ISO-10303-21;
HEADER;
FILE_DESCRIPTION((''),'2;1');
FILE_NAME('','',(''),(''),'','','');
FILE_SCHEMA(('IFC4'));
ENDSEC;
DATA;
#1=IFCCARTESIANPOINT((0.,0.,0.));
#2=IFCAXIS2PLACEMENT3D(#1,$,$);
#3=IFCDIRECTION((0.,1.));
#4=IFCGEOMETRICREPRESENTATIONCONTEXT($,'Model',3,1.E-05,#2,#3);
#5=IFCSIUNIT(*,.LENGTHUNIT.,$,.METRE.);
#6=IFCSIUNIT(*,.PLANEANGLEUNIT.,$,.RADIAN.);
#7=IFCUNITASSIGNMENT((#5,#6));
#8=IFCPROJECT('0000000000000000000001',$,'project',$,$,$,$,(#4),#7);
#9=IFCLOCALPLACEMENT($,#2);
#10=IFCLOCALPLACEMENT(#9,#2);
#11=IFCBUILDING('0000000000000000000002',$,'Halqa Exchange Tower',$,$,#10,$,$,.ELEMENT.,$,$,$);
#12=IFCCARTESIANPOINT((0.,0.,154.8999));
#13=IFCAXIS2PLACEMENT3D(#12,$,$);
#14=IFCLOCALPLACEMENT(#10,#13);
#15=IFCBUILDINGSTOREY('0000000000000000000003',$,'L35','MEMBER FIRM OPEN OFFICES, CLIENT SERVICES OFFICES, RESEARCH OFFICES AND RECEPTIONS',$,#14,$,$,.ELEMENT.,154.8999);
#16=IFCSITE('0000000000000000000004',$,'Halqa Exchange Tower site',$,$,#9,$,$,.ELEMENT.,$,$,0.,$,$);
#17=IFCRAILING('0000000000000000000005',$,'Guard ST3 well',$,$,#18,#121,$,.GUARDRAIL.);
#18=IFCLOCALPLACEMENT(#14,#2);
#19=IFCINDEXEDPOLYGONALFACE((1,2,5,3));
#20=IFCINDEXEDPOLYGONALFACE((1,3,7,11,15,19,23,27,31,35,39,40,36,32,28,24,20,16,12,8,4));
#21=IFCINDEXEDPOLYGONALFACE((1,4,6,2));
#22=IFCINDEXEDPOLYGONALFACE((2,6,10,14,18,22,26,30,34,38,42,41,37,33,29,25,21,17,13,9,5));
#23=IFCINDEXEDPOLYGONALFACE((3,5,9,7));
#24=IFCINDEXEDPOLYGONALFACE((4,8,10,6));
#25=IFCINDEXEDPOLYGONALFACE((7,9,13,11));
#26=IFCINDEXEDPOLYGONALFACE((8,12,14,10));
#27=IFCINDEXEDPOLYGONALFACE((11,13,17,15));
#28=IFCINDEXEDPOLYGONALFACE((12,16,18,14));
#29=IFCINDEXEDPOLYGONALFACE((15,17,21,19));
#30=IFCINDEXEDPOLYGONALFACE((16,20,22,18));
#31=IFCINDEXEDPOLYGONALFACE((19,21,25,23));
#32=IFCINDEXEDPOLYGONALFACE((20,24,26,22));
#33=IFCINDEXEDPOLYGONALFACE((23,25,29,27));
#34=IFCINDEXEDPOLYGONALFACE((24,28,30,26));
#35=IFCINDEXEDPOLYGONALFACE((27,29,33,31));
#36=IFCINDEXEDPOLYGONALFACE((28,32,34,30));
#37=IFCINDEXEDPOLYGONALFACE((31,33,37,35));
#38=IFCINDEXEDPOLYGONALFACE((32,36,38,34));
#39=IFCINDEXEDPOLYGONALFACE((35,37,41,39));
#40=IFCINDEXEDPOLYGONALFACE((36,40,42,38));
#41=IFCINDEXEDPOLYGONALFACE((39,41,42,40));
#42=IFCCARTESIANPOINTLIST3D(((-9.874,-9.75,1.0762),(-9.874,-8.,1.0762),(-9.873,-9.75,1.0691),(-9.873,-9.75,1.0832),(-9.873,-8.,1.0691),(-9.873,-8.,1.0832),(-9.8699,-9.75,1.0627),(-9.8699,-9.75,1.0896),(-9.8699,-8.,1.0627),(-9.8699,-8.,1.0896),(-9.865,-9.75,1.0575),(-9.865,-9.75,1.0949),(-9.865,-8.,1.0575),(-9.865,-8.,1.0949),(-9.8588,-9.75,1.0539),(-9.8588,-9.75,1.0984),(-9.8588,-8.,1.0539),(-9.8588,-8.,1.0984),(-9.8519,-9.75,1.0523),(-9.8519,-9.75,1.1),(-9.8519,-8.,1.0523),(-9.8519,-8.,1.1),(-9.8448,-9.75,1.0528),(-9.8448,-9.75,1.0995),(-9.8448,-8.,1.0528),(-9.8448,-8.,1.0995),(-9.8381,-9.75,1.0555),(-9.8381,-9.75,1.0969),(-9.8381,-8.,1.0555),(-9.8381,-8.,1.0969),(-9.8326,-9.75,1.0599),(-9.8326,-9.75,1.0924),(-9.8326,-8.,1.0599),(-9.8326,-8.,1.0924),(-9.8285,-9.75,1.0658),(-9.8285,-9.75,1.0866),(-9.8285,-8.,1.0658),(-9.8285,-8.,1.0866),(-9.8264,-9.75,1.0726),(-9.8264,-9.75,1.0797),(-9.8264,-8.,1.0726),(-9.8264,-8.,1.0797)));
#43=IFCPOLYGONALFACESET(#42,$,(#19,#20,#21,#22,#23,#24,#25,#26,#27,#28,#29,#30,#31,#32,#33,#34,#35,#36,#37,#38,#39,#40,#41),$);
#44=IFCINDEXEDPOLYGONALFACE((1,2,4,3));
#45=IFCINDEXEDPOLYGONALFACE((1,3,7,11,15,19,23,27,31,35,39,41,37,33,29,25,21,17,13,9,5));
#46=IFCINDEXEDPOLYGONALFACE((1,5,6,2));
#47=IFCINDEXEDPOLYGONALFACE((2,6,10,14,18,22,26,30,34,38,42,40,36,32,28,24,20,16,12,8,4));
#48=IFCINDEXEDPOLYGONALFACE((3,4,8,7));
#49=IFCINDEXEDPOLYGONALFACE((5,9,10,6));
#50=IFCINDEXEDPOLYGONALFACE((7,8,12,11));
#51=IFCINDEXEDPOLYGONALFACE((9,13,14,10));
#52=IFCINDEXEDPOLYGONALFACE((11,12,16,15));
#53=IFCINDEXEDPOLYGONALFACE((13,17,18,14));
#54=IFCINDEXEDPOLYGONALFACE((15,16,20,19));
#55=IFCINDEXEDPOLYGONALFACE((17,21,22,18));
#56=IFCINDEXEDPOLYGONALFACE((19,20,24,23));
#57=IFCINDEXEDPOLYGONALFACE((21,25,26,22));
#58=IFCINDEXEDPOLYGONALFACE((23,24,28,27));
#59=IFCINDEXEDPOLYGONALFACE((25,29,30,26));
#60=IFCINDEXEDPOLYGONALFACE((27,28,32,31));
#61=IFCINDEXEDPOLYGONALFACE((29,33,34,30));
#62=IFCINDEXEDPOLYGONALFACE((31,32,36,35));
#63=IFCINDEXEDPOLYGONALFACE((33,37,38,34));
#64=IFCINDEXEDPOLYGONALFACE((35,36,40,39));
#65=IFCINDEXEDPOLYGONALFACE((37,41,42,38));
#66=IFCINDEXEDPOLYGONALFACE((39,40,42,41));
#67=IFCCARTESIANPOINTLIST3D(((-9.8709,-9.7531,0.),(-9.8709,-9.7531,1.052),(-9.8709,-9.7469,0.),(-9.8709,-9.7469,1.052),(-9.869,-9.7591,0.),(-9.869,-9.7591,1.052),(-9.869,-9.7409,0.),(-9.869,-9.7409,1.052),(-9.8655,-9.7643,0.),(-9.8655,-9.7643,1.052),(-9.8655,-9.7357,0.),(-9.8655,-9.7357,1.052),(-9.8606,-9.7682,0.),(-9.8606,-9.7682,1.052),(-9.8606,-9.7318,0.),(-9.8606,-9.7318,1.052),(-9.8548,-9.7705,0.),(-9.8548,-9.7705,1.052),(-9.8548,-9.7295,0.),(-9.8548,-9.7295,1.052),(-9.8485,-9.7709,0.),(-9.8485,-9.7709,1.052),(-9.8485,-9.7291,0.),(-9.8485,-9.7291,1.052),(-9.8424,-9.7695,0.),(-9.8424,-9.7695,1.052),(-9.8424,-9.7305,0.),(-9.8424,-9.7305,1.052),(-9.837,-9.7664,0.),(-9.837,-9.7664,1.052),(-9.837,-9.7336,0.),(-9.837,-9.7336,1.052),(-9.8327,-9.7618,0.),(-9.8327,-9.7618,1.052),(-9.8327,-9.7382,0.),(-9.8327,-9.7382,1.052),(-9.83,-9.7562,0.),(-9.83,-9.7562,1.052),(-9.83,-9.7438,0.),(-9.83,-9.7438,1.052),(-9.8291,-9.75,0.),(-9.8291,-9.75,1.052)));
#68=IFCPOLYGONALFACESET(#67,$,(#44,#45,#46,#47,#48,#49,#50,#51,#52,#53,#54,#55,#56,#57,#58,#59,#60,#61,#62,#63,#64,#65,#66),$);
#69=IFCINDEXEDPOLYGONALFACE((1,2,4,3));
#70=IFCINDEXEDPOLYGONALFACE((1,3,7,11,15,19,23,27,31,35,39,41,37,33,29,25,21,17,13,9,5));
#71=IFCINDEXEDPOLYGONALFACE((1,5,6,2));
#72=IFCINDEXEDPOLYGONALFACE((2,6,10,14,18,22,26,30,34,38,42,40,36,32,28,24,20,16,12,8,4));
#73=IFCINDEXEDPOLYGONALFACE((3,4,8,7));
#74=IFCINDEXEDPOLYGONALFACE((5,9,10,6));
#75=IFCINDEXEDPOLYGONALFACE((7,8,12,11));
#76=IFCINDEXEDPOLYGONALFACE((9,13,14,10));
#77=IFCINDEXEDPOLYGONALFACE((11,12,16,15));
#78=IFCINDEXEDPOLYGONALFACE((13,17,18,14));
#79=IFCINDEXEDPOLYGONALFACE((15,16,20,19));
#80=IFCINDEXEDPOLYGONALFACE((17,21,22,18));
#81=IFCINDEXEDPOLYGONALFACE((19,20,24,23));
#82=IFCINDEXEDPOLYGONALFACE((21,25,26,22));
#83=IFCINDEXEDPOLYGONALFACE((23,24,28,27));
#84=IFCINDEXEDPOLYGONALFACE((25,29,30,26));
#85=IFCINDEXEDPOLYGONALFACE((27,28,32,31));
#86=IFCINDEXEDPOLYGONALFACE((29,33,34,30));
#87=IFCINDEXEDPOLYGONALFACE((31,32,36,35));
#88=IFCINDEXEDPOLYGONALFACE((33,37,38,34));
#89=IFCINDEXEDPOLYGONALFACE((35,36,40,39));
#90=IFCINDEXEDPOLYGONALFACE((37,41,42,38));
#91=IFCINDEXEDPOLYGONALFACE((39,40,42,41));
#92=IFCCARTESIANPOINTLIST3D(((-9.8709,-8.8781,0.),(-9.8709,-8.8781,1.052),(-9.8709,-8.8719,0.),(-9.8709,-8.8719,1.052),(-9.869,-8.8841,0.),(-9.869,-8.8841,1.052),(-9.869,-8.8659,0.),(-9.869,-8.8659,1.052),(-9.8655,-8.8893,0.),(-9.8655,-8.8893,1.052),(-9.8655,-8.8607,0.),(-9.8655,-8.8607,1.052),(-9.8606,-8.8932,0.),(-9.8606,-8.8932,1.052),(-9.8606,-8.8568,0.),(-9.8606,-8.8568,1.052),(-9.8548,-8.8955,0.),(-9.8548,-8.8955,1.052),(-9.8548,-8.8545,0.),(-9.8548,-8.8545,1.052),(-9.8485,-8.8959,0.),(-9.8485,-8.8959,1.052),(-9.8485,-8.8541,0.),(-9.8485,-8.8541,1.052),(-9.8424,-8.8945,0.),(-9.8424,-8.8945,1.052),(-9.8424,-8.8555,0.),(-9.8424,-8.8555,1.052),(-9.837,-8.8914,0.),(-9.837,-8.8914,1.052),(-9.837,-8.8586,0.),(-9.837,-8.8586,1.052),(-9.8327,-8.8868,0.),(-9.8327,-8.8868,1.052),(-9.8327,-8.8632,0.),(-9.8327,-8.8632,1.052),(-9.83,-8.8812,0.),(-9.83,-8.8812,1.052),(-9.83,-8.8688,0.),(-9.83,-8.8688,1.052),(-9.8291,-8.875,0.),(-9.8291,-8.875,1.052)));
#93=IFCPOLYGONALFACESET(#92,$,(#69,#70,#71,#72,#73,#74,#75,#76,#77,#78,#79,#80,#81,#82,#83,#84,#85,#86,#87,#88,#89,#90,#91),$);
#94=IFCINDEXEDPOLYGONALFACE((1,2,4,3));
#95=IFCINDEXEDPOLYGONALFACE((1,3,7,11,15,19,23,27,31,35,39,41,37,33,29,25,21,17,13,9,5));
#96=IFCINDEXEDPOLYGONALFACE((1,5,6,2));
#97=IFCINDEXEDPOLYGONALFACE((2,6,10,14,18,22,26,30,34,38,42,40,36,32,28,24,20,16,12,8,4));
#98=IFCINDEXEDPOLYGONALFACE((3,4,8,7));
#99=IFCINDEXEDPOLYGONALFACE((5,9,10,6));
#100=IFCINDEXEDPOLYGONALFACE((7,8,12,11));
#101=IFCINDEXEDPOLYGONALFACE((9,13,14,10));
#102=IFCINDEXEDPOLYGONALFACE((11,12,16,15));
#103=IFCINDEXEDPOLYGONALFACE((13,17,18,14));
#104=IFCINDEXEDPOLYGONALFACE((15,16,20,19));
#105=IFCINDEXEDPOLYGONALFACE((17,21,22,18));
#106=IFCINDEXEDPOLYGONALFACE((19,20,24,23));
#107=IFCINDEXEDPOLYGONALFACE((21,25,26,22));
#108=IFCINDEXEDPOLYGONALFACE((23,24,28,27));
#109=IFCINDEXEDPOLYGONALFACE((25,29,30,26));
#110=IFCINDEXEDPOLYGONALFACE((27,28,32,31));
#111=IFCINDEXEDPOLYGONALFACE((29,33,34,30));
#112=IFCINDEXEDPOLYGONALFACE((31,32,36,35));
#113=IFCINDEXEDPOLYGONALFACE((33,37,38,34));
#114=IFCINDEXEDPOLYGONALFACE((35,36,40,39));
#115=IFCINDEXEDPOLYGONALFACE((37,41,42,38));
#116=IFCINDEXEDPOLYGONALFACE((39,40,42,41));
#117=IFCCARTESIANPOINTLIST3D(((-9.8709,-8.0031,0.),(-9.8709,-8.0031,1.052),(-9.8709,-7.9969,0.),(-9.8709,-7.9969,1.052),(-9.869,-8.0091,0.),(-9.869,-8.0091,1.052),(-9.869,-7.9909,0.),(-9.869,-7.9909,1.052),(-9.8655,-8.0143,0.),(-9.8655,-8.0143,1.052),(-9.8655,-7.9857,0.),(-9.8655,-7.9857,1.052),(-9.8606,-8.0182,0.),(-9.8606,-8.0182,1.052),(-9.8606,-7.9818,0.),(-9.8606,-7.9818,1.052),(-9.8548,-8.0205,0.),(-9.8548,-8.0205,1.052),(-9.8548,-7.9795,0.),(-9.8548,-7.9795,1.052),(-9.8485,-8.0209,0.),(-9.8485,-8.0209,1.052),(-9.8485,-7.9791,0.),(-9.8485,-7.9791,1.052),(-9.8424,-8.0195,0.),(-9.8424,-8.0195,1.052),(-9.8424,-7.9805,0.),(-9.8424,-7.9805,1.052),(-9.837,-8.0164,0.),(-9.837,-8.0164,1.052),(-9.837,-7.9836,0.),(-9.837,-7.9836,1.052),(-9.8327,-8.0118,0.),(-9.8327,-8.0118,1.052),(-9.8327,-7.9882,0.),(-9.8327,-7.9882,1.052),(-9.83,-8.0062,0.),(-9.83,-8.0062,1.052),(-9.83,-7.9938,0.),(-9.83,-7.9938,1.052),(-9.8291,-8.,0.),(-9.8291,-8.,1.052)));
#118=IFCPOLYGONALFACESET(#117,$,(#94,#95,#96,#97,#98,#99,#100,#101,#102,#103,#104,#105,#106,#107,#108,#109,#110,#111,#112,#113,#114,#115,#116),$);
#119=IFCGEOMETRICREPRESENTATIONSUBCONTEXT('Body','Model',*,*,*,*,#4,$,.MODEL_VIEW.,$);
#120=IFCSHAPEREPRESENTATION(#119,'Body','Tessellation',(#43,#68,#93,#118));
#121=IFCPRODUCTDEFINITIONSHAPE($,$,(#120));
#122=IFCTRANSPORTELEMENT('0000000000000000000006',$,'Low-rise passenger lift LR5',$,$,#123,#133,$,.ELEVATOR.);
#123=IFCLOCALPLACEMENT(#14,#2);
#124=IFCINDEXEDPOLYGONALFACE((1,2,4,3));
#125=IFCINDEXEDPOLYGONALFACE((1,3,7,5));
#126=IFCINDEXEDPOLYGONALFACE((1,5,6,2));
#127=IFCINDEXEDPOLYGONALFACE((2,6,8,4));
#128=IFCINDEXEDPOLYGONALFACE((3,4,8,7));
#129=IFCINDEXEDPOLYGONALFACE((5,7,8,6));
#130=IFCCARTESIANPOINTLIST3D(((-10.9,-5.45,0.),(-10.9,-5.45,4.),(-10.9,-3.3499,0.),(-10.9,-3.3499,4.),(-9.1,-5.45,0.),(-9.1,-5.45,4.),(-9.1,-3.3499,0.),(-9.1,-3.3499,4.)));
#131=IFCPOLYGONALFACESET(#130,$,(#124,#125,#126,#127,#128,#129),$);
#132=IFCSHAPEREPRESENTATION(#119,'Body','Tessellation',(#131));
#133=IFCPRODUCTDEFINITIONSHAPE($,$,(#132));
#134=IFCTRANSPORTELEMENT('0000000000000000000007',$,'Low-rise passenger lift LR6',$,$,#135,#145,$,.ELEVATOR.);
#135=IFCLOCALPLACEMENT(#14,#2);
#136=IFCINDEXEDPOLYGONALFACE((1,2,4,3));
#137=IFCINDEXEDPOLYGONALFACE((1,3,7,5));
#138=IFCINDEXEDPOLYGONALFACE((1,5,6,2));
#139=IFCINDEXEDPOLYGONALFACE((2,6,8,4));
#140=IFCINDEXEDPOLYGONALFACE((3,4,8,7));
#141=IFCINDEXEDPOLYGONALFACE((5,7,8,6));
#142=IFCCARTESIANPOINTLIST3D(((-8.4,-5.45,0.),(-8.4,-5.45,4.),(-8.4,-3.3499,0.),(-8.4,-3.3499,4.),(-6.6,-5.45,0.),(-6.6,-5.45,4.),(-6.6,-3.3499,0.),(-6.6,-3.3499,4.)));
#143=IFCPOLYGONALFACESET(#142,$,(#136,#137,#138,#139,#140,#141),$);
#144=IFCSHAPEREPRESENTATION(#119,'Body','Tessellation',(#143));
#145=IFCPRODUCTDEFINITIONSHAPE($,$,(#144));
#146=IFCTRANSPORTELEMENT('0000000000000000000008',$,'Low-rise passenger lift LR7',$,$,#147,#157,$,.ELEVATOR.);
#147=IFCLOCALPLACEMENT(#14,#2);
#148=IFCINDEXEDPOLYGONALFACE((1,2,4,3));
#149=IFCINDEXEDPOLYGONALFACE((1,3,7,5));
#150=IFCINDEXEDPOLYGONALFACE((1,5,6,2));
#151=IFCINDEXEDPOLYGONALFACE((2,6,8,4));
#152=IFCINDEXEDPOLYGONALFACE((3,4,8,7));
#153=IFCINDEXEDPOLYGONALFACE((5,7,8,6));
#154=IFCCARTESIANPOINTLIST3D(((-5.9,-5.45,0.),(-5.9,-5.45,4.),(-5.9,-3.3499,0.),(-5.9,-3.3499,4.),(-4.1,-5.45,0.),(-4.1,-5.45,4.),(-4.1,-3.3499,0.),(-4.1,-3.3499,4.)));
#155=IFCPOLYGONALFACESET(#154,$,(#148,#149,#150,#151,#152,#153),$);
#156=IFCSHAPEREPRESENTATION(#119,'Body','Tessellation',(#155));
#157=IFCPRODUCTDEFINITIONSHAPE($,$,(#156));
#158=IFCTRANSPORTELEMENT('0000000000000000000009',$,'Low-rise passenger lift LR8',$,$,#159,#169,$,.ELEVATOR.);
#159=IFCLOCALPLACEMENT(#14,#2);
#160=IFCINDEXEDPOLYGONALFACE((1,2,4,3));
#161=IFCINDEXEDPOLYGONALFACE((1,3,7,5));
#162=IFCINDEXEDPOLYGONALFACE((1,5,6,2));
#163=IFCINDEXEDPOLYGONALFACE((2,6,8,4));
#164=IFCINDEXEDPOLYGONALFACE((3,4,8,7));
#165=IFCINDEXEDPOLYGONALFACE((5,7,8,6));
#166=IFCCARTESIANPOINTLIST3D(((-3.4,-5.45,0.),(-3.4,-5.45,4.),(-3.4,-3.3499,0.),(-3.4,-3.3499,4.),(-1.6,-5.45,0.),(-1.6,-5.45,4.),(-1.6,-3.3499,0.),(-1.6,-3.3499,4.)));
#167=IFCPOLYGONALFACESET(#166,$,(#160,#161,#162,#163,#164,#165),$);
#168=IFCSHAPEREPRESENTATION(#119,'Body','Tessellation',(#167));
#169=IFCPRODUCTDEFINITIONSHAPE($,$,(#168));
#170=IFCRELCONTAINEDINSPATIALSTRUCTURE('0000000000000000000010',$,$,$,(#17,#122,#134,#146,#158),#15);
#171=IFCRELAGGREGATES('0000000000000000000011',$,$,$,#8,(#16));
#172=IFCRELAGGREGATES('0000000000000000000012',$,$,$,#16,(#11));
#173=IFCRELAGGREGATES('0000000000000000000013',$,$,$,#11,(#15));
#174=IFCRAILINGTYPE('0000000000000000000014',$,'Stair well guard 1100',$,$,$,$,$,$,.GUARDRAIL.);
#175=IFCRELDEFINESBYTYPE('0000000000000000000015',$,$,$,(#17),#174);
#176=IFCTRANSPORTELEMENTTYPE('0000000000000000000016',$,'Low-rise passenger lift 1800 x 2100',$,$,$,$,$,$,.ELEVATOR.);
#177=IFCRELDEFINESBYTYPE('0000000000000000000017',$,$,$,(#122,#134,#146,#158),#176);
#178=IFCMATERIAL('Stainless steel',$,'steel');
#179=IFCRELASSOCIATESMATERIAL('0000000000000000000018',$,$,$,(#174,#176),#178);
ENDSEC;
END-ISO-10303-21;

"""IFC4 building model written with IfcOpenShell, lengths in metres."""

from ifc_helpers import new_model, si_unit, direction, frame, origin, origin_2d, place, context, subcontext, project, spatial, rectangle, circle, extrude, material, type_object, element, save


model = new_model("IFC4")

# Units and contexts
model_context = context("Model", 3, precision=1e-05, world=origin(), true_north=direction((0.0, 1.0)))
body_context = subcontext(model_context, "Body", "Model", "MODEL_VIEW")
ifc_project = project(units=[si_unit("LENGTHUNIT", "METRE"), si_unit("PLANEANGLEUNIT", "RADIAN")], contexts=[model_context])

# Site, building, storey
site_placement = place(None, origin())
site = spatial("IfcSite", under=ifc_project, at=site_placement, Name="Halqa Exchange Tower site", CompositionType="ELEMENT", RefElevation=0.0)
building_placement = place(site_placement, origin())
building = spatial("IfcBuilding", under=site, at=building_placement, Name="Halqa Exchange Tower", CompositionType="ELEMENT")
storey_placement = place(building_placement, frame((0.0, 0.0, 154.8999)))
storey = spatial("IfcBuildingStorey", under=building, at=storey_placement, Name="L35", Description="MEMBER FIRM OPEN OFFICES, CLIENT SERVICES OFFICES, RESEARCH OFFICES AND RECEPTIONS", CompositionType="ELEMENT", Elevation=154.8999)

# Shared definitions
ifc_material_1 = material(Name="Stainless steel", Category="steel")

# Railing
railing_type_1 = type_object("IfcRailingType", Name="Stair well guard 1100", PredefinedType="GUARDRAIL", material=ifc_material_1)
railing_1_placement = place(storey_placement, frame((-9.8501, -9.75, 0.0)))
element("IfcRailing", 1, at=railing_1_placement, inside=storey, type_object=railing_type_1, Name="Guard ST3 well", PredefinedType="GUARDRAIL", context=body_context, shape_type="SweptSolid", body=[
    extrude(circle(Radius=0.0239, at=origin_2d()), frame((0.0, 0.0, 1.0762), z_axis=(0.0, 1.0, 0.0), x_axis=(-1.0, 0.0, 0.0)), (0.0, 0.0, 1.0), 1.75),
    extrude(circle(Radius=0.021, at=origin_2d()), origin(), (0.0, 0.0, 1.0), 1.052),
    extrude(circle(Radius=0.021, at=origin_2d()), frame((0.0, 0.875, 0.0)), (0.0, 0.0, 1.0), 1.052),
    extrude(circle(Radius=0.021, at=origin_2d()), frame((0.0, 1.75, 0.0)), (0.0, 0.0, 1.0), 1.052),
])

# Transport elements
transport_element_type = type_object("IfcTransportElementType", Name="Low-rise passenger lift 1800 x 2100", PredefinedType="ELEVATOR", material=ifc_material_1)
for number, where, z_axis, x_axis, name in (
    (2, (-10.0, -4.3999, 0.0), (0.0, 0.0, 1.0), (1.0, 0.0, 0.0), "Low-rise passenger lift LR5"),
    (3, (-7.5, -4.3999, 0.0), (0.0, 0.0, 1.0), (1.0, 0.0, 0.0), "Low-rise passenger lift LR6"),
    (4, (-5.0, -4.3999, 0.0), (0.0, 0.0, 1.0), (1.0, 0.0, 0.0), "Low-rise passenger lift LR7"),
    (5, (-2.5, -4.3999, 0.0), (0.0, 0.0, 1.0), (1.0, 0.0, 0.0), "Low-rise passenger lift LR8"),
):
    element("IfcTransportElement", number, at=place(storey_placement, frame(where, z_axis=z_axis, x_axis=x_axis)), inside=storey, type_object=transport_element_type, Name=name, PredefinedType="ELEVATOR", context=body_context, shape_type="SweptSolid", body=[
        extrude(rectangle(XDim=1.8, YDim=2.1001, at=origin_2d()), origin(), (0.0, 0.0, 1.0), 4.0),
    ])

save(model, "model.ifc")
